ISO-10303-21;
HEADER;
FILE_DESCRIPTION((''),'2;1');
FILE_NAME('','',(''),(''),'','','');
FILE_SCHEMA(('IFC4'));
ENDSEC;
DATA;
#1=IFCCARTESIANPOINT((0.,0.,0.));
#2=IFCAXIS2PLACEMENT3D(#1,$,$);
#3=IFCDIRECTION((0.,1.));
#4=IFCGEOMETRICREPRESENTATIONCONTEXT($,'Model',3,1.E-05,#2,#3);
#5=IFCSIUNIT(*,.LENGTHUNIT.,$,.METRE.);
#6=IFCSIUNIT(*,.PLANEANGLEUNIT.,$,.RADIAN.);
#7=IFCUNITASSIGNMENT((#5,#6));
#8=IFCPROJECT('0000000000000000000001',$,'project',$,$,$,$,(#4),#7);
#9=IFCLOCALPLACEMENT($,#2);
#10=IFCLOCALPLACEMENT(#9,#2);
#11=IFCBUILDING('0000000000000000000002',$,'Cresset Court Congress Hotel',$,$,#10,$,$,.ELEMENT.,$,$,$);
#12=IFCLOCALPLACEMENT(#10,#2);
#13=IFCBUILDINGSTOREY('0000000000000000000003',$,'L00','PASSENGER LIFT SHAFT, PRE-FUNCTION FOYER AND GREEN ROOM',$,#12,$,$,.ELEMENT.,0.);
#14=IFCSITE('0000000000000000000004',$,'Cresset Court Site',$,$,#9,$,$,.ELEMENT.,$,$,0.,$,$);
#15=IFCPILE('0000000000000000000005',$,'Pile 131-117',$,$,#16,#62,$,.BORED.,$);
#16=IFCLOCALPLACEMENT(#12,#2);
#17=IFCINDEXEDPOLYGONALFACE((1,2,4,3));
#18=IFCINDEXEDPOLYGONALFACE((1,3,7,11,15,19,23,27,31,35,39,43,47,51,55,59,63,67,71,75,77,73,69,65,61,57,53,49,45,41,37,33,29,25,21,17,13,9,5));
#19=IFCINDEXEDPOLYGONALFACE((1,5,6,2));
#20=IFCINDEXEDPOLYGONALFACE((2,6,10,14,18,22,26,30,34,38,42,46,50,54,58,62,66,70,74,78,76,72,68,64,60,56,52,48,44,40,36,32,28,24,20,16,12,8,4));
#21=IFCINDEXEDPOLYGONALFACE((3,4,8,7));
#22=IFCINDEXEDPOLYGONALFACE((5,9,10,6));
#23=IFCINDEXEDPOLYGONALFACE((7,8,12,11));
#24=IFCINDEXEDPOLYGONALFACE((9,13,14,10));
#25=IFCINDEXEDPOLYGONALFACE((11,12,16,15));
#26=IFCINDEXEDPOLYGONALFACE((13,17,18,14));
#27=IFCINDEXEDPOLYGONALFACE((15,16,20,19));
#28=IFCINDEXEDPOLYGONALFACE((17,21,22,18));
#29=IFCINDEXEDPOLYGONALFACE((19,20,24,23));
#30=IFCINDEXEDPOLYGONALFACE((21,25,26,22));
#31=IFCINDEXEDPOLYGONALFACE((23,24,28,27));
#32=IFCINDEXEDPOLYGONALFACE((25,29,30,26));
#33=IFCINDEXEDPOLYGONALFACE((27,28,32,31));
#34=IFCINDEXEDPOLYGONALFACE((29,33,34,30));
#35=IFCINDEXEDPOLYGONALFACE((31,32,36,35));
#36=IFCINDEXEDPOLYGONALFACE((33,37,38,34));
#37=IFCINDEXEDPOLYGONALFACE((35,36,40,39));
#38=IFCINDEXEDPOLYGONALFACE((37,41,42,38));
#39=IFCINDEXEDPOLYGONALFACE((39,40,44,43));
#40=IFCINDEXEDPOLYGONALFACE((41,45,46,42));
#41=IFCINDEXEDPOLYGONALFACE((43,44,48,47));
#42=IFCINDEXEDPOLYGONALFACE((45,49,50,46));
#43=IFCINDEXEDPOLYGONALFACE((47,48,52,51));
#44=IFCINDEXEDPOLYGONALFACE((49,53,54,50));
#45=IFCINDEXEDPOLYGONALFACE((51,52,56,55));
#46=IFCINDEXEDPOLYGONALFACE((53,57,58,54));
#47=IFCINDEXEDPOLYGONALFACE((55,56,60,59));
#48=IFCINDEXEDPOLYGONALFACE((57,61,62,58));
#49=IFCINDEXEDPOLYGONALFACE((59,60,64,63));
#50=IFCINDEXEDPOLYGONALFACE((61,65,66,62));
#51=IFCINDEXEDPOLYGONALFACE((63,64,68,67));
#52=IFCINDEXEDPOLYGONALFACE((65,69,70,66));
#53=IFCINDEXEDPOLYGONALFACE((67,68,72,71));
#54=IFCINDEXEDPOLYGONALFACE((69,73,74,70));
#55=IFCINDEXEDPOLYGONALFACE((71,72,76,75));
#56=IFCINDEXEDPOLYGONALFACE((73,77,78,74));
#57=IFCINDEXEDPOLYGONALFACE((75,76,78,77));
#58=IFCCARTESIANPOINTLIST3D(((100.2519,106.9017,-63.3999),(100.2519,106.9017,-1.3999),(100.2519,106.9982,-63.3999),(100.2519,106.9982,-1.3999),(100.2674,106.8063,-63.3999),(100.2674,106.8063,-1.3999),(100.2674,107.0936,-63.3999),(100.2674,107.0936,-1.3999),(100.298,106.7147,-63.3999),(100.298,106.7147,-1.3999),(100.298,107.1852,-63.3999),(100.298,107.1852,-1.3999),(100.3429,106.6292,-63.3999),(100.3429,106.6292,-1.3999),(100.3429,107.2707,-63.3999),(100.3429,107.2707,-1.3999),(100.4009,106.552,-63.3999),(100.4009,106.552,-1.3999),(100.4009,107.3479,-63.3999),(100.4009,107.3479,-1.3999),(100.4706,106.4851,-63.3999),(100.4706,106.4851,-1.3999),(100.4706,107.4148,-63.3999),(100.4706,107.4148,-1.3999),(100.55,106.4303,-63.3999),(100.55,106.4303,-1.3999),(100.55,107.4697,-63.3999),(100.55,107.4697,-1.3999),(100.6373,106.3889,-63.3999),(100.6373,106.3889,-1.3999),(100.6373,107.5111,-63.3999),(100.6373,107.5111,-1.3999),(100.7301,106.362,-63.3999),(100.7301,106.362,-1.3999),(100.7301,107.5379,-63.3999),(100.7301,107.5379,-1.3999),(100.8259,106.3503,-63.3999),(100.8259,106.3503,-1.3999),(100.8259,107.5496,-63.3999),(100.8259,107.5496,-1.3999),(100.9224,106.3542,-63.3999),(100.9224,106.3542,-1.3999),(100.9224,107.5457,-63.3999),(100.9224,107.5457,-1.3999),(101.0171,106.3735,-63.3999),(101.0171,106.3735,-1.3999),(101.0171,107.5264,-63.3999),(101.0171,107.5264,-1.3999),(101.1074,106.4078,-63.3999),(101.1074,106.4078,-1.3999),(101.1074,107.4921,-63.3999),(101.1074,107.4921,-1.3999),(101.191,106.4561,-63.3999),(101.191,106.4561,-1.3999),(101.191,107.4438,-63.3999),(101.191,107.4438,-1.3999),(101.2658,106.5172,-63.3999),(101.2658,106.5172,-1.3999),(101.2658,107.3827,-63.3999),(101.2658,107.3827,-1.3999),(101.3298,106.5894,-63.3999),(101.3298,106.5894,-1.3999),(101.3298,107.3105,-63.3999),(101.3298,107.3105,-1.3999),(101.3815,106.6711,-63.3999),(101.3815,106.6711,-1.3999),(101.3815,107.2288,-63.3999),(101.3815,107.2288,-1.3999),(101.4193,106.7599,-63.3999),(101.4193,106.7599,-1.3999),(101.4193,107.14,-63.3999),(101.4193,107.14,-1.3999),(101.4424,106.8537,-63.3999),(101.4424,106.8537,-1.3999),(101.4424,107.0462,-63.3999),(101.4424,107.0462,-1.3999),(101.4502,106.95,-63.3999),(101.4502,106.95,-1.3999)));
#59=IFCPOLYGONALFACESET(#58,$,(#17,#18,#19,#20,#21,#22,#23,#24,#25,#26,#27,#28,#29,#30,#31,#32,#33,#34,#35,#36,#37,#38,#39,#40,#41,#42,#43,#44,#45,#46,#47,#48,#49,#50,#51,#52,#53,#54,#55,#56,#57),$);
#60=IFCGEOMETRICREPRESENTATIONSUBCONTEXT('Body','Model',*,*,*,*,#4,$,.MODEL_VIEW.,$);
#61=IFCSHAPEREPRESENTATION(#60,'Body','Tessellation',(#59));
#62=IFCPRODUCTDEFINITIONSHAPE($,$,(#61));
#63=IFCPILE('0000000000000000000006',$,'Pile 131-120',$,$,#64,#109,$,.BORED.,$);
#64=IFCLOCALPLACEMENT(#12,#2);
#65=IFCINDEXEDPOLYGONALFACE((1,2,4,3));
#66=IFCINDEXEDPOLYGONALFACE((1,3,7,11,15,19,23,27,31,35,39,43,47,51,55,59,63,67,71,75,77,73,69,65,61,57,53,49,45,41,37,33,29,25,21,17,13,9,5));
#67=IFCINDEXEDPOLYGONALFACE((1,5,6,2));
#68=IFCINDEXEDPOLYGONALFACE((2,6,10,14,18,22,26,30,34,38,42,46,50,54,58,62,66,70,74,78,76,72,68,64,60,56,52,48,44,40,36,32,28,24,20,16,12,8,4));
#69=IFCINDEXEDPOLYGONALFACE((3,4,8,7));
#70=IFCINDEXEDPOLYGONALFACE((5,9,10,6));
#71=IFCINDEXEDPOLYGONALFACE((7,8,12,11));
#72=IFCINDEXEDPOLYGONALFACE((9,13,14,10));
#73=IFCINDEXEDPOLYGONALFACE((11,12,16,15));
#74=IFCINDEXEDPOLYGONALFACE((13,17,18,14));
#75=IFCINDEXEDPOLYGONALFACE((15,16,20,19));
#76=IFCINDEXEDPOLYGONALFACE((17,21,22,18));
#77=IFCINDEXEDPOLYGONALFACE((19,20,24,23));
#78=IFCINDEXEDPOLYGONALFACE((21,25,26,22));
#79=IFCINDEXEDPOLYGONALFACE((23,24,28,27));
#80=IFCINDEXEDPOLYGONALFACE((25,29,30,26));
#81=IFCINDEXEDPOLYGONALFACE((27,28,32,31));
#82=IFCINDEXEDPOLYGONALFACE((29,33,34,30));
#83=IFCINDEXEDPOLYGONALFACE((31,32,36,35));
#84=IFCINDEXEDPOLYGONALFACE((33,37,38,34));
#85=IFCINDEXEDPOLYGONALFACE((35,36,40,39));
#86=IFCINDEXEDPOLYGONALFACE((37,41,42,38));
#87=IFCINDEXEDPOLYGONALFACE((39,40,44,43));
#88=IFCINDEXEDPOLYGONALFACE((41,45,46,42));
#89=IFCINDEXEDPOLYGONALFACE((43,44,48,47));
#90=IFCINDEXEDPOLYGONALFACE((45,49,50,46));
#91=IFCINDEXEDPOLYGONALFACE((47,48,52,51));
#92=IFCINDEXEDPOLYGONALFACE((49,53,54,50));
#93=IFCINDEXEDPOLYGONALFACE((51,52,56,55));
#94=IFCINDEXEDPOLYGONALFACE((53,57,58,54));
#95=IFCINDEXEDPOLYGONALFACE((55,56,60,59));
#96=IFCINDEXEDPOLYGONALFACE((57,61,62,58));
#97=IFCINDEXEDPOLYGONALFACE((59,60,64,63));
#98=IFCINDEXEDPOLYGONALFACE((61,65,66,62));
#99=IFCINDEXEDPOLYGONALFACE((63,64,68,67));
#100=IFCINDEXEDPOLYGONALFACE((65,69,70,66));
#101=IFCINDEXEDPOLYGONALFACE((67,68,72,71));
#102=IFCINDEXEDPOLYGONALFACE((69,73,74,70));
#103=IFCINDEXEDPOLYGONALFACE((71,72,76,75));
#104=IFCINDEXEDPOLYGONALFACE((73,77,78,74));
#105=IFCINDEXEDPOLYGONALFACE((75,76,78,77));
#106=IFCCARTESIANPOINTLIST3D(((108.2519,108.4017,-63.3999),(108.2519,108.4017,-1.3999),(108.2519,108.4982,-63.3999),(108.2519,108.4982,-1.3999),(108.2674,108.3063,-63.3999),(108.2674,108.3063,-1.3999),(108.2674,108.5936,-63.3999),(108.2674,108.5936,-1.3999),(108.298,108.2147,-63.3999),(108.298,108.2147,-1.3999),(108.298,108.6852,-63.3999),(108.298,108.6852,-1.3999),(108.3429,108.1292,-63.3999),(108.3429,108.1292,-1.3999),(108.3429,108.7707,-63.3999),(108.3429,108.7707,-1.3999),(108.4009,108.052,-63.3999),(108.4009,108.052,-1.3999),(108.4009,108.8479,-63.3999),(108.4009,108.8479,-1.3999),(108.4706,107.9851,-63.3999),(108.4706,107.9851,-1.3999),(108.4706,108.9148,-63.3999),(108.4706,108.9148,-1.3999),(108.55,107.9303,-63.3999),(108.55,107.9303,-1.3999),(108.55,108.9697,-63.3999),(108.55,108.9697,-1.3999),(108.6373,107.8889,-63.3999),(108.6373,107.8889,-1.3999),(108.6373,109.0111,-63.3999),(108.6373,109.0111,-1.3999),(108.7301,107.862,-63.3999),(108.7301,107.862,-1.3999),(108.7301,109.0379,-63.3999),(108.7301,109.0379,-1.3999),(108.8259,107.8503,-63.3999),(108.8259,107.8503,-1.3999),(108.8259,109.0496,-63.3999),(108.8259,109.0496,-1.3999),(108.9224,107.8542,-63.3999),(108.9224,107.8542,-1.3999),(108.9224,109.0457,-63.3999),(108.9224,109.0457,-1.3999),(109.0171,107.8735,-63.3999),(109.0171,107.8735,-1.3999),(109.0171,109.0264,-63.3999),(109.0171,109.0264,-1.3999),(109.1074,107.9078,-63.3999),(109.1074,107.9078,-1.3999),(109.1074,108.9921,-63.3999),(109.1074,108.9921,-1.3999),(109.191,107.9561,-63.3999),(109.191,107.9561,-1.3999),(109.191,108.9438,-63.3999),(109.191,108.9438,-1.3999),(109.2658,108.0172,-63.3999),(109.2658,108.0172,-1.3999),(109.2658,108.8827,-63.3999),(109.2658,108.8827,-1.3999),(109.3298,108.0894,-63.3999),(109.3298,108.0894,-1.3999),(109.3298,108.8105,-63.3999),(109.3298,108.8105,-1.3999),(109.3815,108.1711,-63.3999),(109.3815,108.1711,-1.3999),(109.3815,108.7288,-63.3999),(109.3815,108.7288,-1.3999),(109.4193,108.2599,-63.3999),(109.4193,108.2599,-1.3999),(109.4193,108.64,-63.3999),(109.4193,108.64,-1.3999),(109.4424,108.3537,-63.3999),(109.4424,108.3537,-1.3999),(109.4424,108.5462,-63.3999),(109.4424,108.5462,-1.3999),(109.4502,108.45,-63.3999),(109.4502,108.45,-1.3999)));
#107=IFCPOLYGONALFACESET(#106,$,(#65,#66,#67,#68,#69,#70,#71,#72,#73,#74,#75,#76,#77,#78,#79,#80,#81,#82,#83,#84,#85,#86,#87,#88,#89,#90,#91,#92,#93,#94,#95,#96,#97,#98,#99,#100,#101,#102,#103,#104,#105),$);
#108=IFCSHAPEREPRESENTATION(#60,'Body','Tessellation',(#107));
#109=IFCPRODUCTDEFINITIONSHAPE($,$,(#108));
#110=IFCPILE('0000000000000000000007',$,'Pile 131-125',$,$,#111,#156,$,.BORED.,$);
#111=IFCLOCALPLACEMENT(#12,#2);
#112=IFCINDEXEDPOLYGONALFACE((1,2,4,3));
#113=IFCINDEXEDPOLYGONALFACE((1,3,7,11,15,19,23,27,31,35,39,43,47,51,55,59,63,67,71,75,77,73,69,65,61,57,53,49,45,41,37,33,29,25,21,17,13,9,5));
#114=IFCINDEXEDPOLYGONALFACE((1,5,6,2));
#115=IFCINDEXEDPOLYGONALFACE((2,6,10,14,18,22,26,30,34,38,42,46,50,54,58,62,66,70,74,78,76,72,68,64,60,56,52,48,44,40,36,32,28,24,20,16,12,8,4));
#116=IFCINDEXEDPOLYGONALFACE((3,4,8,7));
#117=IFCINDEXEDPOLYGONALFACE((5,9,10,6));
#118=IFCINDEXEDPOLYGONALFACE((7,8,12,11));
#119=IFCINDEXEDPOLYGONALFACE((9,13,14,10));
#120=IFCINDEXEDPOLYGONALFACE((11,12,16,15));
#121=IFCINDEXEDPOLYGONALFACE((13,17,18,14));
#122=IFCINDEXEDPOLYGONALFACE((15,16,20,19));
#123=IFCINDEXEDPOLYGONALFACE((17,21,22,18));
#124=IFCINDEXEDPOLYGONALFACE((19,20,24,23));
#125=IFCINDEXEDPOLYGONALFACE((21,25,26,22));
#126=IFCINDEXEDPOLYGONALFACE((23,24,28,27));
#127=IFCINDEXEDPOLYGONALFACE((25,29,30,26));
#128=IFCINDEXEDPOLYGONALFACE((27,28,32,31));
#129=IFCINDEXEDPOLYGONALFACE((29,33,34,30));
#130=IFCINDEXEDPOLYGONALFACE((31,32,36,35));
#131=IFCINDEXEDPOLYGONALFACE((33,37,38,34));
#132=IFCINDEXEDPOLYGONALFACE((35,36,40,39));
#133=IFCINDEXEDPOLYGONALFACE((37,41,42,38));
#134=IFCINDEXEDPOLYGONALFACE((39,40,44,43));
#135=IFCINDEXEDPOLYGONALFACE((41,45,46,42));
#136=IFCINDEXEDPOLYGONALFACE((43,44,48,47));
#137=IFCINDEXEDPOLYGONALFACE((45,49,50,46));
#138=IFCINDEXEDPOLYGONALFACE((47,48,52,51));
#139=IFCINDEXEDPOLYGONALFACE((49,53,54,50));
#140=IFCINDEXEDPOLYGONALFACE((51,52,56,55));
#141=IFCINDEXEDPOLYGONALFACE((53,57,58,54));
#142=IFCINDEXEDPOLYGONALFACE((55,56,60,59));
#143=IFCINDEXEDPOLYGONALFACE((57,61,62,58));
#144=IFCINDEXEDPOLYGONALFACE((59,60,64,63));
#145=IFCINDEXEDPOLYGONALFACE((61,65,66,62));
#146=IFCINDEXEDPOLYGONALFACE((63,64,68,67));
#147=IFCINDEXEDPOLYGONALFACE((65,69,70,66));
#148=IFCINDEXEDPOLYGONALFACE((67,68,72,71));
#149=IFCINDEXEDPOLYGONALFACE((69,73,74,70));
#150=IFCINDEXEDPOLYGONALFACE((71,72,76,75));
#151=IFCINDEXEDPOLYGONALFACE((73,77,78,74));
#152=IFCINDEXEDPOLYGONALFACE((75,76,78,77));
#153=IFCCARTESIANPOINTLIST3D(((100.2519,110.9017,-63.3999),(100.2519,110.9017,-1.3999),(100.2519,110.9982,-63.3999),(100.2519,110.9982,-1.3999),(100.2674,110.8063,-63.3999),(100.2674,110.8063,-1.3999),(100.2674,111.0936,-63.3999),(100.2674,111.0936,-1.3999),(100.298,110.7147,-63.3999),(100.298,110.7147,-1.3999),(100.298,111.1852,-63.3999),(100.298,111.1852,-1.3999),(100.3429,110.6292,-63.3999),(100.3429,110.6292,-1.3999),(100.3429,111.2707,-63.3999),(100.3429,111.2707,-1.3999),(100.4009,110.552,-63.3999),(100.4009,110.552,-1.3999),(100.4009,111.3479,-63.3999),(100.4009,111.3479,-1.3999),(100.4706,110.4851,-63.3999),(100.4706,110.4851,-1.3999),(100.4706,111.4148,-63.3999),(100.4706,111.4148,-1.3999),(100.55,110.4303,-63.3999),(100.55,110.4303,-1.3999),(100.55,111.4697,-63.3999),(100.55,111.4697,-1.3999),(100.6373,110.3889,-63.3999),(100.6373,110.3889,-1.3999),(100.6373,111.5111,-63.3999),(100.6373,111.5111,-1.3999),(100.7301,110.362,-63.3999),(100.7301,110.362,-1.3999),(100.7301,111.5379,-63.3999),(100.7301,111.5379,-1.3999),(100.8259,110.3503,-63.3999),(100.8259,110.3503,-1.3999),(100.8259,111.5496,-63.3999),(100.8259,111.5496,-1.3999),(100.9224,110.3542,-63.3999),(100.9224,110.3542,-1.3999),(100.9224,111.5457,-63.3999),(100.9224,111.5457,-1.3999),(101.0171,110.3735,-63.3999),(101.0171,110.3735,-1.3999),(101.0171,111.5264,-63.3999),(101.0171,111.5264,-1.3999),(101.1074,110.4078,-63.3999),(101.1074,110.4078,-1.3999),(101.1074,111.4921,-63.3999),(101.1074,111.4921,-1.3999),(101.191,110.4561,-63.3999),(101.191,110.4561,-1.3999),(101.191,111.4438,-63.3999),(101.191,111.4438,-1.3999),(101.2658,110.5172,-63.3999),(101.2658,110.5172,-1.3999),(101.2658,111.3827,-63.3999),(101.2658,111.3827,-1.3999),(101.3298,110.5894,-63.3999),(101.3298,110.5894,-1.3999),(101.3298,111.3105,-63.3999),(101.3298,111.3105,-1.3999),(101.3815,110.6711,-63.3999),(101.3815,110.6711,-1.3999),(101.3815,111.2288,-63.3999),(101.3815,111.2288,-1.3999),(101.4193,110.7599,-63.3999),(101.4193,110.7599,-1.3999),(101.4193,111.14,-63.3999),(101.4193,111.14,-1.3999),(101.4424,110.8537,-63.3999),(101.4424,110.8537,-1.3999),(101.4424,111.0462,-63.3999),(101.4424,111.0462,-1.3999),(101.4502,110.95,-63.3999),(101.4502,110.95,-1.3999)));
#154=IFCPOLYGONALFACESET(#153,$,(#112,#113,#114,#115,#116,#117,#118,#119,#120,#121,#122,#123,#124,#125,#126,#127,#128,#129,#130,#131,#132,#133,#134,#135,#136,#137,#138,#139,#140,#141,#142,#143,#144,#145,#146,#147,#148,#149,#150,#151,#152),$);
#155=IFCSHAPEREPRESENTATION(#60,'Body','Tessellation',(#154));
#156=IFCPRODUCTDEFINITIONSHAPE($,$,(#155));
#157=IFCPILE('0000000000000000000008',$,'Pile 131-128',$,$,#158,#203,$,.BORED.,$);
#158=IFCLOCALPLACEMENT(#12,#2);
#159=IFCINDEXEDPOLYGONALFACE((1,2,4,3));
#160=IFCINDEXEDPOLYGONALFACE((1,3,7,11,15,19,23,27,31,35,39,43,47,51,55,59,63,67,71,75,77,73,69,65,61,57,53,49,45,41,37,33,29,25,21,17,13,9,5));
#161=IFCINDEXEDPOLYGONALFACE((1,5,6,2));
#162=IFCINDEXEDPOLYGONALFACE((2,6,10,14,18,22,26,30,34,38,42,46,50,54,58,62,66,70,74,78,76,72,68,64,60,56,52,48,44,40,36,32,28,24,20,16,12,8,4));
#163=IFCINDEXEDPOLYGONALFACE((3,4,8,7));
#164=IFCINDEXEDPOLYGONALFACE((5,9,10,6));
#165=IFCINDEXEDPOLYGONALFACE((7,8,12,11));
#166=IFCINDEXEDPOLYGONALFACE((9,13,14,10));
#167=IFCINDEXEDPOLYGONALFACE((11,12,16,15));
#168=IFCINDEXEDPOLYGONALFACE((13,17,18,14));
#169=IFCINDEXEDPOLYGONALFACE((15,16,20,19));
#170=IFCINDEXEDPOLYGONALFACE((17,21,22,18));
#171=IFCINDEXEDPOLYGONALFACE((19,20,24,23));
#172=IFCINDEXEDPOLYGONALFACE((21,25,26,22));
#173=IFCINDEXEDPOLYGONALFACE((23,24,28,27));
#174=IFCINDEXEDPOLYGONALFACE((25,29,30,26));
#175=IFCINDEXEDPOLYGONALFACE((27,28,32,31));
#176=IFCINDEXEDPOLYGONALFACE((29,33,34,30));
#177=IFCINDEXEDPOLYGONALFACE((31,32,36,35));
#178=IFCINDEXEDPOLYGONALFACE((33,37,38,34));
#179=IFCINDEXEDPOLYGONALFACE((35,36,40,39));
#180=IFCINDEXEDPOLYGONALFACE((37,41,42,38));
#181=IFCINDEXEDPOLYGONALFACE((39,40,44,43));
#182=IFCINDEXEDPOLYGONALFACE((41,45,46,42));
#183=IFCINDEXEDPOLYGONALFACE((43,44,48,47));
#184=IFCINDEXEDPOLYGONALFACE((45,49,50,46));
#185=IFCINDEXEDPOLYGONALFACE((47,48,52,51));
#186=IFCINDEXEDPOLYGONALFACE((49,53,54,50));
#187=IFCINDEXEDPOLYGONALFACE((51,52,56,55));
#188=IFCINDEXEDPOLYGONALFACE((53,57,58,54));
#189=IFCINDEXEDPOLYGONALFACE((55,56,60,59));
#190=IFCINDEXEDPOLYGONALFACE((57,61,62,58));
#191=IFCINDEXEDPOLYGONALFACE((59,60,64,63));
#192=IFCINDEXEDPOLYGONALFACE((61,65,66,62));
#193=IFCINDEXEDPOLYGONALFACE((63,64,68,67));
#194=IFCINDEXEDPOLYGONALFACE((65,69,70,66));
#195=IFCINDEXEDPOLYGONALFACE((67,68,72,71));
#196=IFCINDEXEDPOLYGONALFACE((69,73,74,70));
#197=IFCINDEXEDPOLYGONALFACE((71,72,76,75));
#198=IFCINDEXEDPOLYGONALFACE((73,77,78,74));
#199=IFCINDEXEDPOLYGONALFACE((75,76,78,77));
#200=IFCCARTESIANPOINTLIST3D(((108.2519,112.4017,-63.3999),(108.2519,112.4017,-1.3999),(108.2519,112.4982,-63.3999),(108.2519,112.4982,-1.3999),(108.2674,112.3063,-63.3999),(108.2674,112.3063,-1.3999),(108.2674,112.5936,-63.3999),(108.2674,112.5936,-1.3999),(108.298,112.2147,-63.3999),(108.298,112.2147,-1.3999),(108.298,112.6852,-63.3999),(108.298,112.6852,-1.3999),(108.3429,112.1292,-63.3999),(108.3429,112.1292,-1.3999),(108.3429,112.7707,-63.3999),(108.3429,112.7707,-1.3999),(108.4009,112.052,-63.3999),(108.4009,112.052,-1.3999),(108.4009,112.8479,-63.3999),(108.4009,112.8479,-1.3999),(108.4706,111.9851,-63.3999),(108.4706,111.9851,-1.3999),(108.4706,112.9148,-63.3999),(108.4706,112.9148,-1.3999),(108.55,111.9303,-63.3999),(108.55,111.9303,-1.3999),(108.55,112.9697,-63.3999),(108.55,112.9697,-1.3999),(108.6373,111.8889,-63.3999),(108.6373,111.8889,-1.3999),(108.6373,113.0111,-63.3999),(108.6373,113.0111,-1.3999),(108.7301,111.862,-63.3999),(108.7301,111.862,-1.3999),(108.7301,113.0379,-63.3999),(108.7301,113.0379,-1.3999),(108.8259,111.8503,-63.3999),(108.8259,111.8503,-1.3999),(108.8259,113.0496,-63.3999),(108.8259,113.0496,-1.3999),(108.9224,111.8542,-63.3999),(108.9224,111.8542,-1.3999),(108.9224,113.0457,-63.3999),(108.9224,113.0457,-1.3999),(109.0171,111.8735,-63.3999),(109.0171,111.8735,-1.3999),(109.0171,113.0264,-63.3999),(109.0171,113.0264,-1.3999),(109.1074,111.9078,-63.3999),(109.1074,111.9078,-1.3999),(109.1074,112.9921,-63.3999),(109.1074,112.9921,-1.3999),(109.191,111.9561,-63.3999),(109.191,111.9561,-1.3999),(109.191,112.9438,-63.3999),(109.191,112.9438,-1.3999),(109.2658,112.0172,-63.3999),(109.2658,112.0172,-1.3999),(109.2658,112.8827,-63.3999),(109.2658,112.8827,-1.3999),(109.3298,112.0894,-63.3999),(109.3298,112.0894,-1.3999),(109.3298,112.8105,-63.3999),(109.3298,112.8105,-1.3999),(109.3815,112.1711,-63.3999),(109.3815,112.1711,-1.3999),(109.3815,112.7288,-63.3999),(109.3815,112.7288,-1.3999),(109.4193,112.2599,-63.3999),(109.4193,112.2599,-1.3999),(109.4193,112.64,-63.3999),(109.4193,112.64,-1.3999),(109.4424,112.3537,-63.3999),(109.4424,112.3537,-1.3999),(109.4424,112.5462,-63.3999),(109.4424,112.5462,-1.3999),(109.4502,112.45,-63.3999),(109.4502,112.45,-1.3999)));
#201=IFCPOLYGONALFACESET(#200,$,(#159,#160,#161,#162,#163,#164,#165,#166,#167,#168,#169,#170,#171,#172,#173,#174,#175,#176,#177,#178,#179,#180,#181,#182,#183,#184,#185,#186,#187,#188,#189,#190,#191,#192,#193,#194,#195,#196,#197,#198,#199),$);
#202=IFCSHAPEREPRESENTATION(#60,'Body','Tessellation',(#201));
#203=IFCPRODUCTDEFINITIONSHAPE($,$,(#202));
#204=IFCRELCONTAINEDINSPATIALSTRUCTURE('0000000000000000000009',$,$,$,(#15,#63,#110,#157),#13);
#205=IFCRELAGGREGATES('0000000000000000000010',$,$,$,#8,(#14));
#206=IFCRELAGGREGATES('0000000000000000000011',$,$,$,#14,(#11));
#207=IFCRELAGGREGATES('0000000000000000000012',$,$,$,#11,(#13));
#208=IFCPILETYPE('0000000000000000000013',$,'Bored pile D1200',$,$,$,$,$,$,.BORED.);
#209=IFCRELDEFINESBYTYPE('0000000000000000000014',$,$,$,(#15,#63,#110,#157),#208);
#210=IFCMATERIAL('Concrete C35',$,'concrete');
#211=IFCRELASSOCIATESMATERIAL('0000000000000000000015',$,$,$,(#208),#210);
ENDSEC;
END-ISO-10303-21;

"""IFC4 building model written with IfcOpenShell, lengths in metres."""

from ifc_helpers import new_model, si_unit, direction, frame, origin, origin_2d, place, context, subcontext, project, spatial, circle, extrude, material, type_object, element, save


model = new_model("IFC4")

# Units and contexts
model_context = context("Model", 3, precision=1e-05, world=origin(), true_north=direction((0.0, 1.0)))
body_context = subcontext(model_context, "Body", "Model", "MODEL_VIEW")
ifc_project = project(units=[si_unit("LENGTHUNIT", "METRE"), si_unit("PLANEANGLEUNIT", "RADIAN")], contexts=[model_context])

# Site, building, storey
site_placement = place(None, origin())
site = spatial("IfcSite", under=ifc_project, at=site_placement, Name="Cresset Court Site", CompositionType="ELEMENT", RefElevation=0.0)
building_placement = place(site_placement, origin())
building = spatial("IfcBuilding", under=site, at=building_placement, Name="Cresset Court Congress Hotel", CompositionType="ELEMENT")
storey_placement = place(building_placement, origin())
storey = spatial("IfcBuildingStorey", under=building, at=storey_placement, Name="L00", Description="PASSENGER LIFT SHAFT, PRE-FUNCTION FOYER AND GREEN ROOM", CompositionType="ELEMENT", Elevation=0.0)

# Piles
ifc_material_1 = material(Name="Concrete C35", Category="concrete")
pile_type = type_object("IfcPileType", Name="Bored pile D1200", PredefinedType="BORED", material=ifc_material_1)
for number, where, z_axis, x_axis, name in (
    (1, (100.8501, 106.95, -1.3999), (0.0, 0.0, -1.0), (1.0, 0.0, 0.0), "Pile 131-117"),
    (2, (108.8501, 108.45, -1.3999), (0.0, 0.0, -1.0), (1.0, 0.0, 0.0), "Pile 131-120"),
    (3, (100.8501, 110.95, -1.3999), (0.0, 0.0, -1.0), (1.0, 0.0, 0.0), "Pile 131-125"),
    (4, (108.8501, 112.45, -1.3999), (0.0, 0.0, -1.0), (1.0, 0.0, 0.0), "Pile 131-128"),
):
    element("IfcPile", number, at=place(storey_placement, frame(where, z_axis=z_axis, x_axis=x_axis)), inside=storey, type_object=pile_type, Name=name, PredefinedType="BORED", context=body_context, shape_type="SweptSolid", body=[
        extrude(circle(Radius=0.6001, at=origin_2d()), origin(), (0.0, 0.0, 1.0), 62.0),
    ])

save(model, "model.ifc")
